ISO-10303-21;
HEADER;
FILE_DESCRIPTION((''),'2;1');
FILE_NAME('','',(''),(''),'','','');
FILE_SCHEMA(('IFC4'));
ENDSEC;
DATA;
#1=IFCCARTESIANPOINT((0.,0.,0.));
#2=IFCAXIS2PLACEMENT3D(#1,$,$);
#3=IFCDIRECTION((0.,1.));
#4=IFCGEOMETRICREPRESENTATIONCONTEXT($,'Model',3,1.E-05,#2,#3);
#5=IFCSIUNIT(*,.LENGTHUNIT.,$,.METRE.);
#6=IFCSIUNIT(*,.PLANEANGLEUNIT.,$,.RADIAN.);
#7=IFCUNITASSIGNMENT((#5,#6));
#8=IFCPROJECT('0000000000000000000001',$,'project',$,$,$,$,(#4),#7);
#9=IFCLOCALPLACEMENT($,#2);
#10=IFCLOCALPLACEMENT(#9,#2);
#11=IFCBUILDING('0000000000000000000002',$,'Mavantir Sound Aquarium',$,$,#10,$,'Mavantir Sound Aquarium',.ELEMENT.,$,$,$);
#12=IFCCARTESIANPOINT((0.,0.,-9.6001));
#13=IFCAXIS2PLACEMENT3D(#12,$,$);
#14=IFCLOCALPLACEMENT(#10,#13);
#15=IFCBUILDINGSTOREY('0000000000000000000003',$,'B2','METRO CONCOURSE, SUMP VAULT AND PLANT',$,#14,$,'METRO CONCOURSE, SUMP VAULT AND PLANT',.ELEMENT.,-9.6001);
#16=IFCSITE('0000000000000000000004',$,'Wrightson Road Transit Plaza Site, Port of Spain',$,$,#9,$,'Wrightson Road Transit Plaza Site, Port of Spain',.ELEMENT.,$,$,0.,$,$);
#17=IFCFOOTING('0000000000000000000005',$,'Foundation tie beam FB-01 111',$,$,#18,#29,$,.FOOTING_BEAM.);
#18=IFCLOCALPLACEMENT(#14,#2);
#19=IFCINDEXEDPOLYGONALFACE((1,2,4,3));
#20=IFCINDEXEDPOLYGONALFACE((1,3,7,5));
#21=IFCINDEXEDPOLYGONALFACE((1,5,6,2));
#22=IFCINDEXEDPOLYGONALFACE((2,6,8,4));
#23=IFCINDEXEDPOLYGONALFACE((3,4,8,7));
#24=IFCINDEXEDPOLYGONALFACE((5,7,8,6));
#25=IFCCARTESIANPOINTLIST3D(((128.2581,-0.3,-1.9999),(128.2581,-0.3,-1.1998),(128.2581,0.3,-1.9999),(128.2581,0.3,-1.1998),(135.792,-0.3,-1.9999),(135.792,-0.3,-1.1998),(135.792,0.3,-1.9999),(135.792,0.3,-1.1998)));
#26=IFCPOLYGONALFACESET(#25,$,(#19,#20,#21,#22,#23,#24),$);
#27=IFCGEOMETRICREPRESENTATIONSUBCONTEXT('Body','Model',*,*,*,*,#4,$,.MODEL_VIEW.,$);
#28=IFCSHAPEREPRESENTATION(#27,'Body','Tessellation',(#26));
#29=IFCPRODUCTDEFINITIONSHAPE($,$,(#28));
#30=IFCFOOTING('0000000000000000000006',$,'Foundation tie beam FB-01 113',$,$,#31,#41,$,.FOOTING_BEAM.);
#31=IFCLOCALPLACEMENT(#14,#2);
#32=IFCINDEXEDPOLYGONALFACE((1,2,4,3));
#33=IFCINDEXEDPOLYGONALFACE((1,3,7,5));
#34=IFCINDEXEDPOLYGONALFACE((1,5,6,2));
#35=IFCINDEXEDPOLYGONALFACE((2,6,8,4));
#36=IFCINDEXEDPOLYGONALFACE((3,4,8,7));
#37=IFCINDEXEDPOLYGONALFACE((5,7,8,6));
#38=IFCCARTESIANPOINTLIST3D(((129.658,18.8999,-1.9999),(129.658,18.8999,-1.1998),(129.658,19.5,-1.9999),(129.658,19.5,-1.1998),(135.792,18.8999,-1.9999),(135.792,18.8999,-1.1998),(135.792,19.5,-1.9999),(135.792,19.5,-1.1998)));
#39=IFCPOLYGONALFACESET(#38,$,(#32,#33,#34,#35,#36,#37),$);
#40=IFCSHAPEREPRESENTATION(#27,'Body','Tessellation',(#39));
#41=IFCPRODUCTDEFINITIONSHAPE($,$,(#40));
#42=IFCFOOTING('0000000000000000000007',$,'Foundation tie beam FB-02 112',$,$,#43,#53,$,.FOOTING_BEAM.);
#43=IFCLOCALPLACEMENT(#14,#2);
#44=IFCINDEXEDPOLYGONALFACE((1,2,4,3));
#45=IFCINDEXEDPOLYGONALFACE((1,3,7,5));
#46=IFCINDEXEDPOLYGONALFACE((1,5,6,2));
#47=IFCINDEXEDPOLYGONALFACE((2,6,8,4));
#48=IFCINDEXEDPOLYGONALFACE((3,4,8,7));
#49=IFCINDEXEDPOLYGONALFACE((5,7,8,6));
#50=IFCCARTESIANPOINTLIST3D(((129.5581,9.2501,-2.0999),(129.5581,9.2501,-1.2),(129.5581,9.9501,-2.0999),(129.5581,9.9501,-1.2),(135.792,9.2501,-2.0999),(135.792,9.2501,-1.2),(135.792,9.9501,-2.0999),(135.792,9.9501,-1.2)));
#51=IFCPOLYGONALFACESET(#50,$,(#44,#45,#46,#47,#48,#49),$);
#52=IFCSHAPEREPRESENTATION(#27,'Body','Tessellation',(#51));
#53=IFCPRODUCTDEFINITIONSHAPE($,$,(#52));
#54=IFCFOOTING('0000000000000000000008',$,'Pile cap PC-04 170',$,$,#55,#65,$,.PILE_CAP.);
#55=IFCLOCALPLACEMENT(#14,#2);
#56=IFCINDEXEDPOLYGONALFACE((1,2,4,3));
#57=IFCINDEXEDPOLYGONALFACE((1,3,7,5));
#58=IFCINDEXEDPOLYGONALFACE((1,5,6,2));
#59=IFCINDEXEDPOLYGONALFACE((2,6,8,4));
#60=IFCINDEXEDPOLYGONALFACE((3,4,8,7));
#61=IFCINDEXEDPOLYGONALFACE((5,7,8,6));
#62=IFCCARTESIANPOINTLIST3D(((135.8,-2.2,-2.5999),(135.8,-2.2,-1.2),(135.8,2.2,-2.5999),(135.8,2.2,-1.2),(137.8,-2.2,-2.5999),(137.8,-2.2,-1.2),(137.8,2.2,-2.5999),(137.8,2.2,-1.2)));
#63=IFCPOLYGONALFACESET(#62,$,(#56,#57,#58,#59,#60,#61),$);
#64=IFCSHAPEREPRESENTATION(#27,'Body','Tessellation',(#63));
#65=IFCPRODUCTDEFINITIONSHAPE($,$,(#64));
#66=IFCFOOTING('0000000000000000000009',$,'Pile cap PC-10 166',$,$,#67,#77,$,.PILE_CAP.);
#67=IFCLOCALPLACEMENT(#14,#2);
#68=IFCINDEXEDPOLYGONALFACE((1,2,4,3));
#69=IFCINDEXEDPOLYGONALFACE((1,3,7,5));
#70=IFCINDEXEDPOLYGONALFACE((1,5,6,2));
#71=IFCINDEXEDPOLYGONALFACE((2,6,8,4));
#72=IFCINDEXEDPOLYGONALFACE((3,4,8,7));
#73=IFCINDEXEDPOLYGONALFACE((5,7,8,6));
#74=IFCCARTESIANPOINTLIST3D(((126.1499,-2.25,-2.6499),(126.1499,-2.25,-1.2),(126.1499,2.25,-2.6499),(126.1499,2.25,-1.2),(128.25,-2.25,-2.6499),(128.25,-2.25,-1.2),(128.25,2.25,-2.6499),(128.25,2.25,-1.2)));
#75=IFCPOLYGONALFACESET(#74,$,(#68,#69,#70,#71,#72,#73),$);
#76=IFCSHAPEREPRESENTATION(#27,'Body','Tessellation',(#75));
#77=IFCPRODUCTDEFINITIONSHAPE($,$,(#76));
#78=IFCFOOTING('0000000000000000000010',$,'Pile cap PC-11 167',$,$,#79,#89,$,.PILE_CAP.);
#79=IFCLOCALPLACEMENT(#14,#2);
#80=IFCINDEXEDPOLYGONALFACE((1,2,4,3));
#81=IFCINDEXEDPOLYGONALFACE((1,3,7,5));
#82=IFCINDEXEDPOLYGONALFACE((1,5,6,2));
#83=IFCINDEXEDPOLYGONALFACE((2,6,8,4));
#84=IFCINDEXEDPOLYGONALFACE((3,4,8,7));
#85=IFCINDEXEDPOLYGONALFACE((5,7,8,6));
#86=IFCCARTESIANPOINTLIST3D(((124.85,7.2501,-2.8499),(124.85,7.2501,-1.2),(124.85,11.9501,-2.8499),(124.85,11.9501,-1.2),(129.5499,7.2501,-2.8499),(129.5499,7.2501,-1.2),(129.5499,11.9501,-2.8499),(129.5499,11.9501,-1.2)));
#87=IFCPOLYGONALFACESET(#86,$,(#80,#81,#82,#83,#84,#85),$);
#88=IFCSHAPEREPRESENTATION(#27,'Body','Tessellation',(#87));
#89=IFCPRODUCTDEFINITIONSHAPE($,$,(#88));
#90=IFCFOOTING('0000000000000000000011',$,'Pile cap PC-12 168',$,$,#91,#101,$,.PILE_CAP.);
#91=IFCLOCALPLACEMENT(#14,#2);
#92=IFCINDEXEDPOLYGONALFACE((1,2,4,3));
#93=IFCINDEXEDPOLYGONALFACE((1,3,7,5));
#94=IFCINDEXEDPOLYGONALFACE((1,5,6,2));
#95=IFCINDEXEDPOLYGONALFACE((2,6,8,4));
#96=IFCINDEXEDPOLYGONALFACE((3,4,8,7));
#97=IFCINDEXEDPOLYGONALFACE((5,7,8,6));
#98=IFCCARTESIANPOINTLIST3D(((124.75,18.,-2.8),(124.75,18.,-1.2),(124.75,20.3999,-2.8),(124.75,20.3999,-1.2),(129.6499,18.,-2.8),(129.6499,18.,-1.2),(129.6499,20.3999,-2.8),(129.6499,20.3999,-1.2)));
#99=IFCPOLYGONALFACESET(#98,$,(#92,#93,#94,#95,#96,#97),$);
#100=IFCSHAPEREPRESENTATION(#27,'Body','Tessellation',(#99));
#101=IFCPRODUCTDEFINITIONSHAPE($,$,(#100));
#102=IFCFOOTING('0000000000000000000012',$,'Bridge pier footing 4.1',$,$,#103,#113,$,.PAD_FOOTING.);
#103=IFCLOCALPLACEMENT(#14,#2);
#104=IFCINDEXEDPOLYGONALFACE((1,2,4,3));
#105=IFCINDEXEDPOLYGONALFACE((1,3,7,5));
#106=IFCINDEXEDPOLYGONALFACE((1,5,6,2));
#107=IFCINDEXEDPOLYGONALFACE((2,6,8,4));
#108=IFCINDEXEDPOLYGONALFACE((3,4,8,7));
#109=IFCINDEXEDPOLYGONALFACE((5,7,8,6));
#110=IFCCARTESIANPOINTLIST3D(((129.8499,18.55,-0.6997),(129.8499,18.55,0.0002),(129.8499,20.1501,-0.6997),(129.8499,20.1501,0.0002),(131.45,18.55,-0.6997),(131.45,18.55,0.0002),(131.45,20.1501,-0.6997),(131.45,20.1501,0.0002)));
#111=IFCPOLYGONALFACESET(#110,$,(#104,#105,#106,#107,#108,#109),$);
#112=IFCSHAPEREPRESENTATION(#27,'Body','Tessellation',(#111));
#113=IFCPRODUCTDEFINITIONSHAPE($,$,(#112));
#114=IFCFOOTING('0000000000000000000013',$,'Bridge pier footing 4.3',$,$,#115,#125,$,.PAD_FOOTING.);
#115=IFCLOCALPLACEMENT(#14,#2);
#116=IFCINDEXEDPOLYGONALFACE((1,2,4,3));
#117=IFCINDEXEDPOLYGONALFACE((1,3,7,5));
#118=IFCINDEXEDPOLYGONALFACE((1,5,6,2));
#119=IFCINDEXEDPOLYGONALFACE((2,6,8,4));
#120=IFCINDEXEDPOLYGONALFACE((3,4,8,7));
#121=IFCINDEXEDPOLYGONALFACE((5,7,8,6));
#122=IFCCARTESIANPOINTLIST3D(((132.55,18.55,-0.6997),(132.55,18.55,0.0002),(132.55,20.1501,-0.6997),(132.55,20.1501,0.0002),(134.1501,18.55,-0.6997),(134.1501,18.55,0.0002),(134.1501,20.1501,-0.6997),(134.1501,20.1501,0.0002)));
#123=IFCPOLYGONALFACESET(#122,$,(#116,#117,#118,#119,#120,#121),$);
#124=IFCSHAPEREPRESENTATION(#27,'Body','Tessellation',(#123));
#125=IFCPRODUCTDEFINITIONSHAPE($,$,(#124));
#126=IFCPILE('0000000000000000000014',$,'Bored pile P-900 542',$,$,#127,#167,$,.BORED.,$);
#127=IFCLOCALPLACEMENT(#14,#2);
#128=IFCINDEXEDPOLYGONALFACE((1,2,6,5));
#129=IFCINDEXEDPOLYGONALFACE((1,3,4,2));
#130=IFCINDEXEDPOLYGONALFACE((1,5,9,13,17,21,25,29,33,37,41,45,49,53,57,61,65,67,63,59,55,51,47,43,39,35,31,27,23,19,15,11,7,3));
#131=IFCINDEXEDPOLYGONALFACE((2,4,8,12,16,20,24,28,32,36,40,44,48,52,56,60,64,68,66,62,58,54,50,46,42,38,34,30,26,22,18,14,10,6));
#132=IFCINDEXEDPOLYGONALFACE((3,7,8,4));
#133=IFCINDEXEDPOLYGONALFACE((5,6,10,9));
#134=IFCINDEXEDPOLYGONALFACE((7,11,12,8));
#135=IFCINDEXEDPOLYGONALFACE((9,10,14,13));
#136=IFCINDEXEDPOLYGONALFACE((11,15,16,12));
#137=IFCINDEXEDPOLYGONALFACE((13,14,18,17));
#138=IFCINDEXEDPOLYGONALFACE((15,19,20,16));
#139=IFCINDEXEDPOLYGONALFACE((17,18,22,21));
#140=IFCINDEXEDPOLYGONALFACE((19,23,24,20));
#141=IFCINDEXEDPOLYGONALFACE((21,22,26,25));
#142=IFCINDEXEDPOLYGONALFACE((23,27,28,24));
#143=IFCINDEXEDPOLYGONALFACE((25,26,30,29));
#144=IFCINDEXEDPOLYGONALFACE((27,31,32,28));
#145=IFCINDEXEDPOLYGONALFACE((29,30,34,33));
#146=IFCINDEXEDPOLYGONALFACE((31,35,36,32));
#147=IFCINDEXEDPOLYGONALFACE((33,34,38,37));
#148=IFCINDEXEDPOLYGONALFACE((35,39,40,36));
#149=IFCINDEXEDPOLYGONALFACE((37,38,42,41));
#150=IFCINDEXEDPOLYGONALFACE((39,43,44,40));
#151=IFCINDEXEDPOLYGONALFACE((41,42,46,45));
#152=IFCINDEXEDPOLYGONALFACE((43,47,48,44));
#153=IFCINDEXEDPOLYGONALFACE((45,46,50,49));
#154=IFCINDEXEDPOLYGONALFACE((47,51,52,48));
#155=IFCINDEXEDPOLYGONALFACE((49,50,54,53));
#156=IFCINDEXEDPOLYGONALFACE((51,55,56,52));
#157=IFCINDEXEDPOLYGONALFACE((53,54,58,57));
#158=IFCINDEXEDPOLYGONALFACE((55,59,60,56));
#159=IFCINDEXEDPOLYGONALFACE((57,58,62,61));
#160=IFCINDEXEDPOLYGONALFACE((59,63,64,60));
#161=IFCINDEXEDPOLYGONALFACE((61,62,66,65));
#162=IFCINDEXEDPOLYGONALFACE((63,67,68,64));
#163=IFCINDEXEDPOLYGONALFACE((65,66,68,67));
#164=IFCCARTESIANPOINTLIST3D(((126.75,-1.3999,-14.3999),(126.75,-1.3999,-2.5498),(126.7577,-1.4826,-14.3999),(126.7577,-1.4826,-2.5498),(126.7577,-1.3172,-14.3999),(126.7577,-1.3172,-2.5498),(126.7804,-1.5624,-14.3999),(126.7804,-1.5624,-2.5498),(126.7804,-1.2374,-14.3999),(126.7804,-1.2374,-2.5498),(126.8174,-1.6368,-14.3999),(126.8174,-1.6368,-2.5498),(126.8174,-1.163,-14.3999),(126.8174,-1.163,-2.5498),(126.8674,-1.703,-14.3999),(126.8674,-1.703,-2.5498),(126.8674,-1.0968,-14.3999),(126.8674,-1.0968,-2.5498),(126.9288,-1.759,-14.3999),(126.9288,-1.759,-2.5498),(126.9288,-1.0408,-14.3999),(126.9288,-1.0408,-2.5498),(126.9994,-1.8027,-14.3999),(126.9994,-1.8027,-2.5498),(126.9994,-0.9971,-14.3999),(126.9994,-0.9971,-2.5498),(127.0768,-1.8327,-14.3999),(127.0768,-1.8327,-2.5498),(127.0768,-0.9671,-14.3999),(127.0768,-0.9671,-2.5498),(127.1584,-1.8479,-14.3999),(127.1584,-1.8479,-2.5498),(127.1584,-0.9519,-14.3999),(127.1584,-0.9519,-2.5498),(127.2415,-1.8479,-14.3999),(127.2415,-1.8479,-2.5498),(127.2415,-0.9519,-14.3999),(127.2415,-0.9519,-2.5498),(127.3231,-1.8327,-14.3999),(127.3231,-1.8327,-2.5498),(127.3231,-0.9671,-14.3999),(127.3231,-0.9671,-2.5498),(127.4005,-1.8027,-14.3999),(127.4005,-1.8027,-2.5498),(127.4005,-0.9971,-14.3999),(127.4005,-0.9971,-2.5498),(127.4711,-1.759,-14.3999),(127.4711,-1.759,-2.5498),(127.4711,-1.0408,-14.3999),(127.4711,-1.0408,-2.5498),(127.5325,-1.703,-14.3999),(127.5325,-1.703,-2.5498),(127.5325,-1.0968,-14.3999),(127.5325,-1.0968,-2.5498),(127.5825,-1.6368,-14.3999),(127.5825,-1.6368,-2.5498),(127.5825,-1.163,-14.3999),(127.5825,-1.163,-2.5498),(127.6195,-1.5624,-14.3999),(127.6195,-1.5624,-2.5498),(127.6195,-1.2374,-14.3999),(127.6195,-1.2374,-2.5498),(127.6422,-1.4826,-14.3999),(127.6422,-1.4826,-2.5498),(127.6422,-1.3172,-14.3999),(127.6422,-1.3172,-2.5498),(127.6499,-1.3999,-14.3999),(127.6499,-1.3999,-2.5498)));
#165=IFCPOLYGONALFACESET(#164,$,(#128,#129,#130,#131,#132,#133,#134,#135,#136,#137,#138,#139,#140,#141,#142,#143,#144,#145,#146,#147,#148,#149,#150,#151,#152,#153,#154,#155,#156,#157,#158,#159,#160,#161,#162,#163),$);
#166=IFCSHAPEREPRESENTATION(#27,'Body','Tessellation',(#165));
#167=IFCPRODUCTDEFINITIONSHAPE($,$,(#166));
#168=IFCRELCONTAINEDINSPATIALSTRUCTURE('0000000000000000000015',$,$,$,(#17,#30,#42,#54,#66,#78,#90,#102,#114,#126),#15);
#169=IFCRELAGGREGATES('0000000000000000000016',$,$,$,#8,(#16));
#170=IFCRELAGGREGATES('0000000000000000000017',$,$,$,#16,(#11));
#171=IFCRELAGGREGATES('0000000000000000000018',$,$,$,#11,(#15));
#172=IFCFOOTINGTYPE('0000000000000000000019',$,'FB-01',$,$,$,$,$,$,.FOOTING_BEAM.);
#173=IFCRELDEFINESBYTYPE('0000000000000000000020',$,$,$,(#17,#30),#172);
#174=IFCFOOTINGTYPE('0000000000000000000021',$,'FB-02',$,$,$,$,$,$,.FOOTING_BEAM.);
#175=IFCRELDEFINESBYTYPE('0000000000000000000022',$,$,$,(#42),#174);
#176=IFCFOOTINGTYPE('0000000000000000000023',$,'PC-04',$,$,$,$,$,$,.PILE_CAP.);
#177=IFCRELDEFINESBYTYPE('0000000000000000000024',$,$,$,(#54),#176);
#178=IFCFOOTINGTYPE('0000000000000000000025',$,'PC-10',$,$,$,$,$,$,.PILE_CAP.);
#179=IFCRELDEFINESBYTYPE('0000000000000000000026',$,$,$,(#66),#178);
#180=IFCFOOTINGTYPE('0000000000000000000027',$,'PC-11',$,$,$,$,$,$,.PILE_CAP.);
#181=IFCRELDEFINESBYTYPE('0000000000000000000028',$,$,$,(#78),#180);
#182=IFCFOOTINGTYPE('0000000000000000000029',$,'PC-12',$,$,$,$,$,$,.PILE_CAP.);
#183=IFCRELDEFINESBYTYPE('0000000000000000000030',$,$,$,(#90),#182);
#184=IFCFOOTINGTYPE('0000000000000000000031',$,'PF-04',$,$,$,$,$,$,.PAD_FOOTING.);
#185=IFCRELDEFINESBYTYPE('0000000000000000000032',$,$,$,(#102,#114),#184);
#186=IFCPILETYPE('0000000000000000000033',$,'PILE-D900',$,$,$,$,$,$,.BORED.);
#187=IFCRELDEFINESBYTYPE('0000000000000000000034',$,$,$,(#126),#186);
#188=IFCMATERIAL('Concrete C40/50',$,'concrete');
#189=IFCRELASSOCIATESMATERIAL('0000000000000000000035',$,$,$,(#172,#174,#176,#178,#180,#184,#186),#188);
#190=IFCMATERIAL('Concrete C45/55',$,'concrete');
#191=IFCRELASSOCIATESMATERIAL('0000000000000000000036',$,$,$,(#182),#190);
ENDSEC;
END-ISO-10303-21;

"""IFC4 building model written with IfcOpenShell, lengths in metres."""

from ifc_helpers import new_model, si_unit, direction, frame, origin, origin_2d, place, context, subcontext, project, spatial, rectangle, circle, extrude, material, material_profile, profile_set, type_object, element, save


model = new_model("IFC4")

# Units and contexts
model_context = context("Model", 3, precision=1e-05, world=origin(), true_north=direction((0.0, 1.0)))
body_context = subcontext(model_context, "Body", "Model", "MODEL_VIEW")
ifc_project = project(units=[si_unit("LENGTHUNIT", "METRE"), si_unit("PLANEANGLEUNIT", "RADIAN")], contexts=[model_context])

# Site, building, storey
site_placement = place(None, origin())
site = spatial("IfcSite", under=ifc_project, at=site_placement, Name="Wrightson Road Transit Plaza Site, Port of Spain", LongName="Wrightson Road Transit Plaza Site, Port of Spain", CompositionType="ELEMENT", RefElevation=0.0)
building_placement = place(site_placement, origin())
building = spatial("IfcBuilding", under=site, at=building_placement, Name="Mavantir Sound Aquarium", LongName="Mavantir Sound Aquarium", CompositionType="ELEMENT")
storey_placement = place(building_placement, frame((0.0, 0.0, -9.6001)))
storey = spatial("IfcBuildingStorey", under=building, at=storey_placement, Name="B2", Description="METRO CONCOURSE, SUMP VAULT AND PLANT", LongName="METRO CONCOURSE, SUMP VAULT AND PLANT", CompositionType="ELEMENT", Elevation=-9.6001)

# Footings
ifc_material_1 = material(Name="Concrete C40/50", Category="concrete")
ifc_material_profile_1 = material_profile(ifc_material_1, rectangle(XDim=0.6001, YDim=0.8, at=origin_2d()), Name="RC 600X800")
ifc_profile_set_1 = profile_set([ifc_material_profile_1], Name="Concrete C40/50")
footing_type_1 = type_object("IfcFootingType", Name="FB-01", PredefinedType="FOOTING_BEAM", material=ifc_profile_set_1)
footing_1_placement = place(storey_placement, frame((128.2581, 0.0, -1.5999), z_axis=(1.0, 0.0, 0.0), x_axis=(0.0, 1.0, 0.0)))
element("IfcFooting", 1, at=footing_1_placement, inside=storey, type_object=footing_type_1, Name="Foundation tie beam FB-01 111", PredefinedType="FOOTING_BEAM", context=body_context, shape_type="SweptSolid", body=[
    extrude(rectangle(XDim=0.6001, YDim=0.8, at=origin_2d()), origin(), (0.0, 0.0, 1.0), 7.5339),
])
footing_2_placement = place(storey_placement, frame((129.658, 19.2, -1.5999), z_axis=(1.0, 0.0, 0.0), x_axis=(0.0, 1.0, 0.0)))
element("IfcFooting", 2, at=footing_2_placement, inside=storey, type_object=footing_type_1, Name="Foundation tie beam FB-01 113", PredefinedType="FOOTING_BEAM", context=body_context, shape_type="SweptSolid", body=[
    extrude(rectangle(XDim=0.6001, YDim=0.8, at=origin_2d()), origin(), (0.0, 0.0, 1.0), 6.134),
])
ifc_material_profile_2 = material_profile(ifc_material_1, rectangle(XDim=0.7, YDim=0.8999, at=origin_2d()), Name="RC 700X900")
ifc_profile_set_2 = profile_set([ifc_material_profile_2], Name="Concrete C40/50")
footing_type_2 = type_object("IfcFootingType", Name="FB-02", PredefinedType="FOOTING_BEAM", material=ifc_profile_set_2)
footing_3_placement = place(storey_placement, frame((129.5581, 9.6001, -1.6499), z_axis=(1.0, 0.0, 0.0), x_axis=(0.0, 1.0, 0.0)))
element("IfcFooting", 3, at=footing_3_placement, inside=storey, type_object=footing_type_2, Name="Foundation tie beam FB-02 112", PredefinedType="FOOTING_BEAM", context=body_context, shape_type="SweptSolid", body=[
    extrude(rectangle(XDim=0.7, YDim=0.8999, at=origin_2d()), origin(), (0.0, 0.0, 1.0), 6.2339),
])
footing_type_3 = type_object("IfcFootingType", Name="PC-04", PredefinedType="PILE_CAP", material=ifc_material_1)
footing_4_placement = place(storey_placement, frame((136.8, 0.0, -2.5999), z_axis=(0.0, 0.0, 1.0), x_axis=(1.0, 0.0, 0.0)))
element("IfcFooting", 4, at=footing_4_placement, inside=storey, type_object=footing_type_3, Name="Pile cap PC-04 170", PredefinedType="PILE_CAP", context=body_context, shape_type="SweptSolid", body=[
    extrude(rectangle(XDim=2.0, YDim=4.3999, at=origin_2d()), origin(), (0.0, 0.0, 1.0), 1.3999),
])
footing_type_4 = type_object("IfcFootingType", Name="PC-10", PredefinedType="PILE_CAP", material=ifc_material_1)
footing_5_placement = place(storey_placement, frame((127.2, 0.0, -2.6499), z_axis=(0.0, 0.0, 1.0), x_axis=(1.0, 0.0, 0.0)))
element("IfcFooting", 5, at=footing_5_placement, inside=storey, type_object=footing_type_4, Name="Pile cap PC-10 166", PredefinedType="PILE_CAP", context=body_context, shape_type="SweptSolid", body=[
    extrude(rectangle(XDim=2.1001, YDim=4.5, at=origin_2d()), origin(), (0.0, 0.0, 1.0), 1.45),
])
footing_type_5 = type_object("IfcFootingType", Name="PC-11", PredefinedType="PILE_CAP", material=ifc_material_1)
footing_6_placement = place(storey_placement, frame((127.2, 9.6001, -2.8499), z_axis=(0.0, 0.0, 1.0), x_axis=(1.0, 0.0, 0.0)))
element("IfcFooting", 6, at=footing_6_placement, inside=storey, type_object=footing_type_5, Name="Pile cap PC-11 167", PredefinedType="PILE_CAP", context=body_context, shape_type="SweptSolid", body=[
    extrude(rectangle(XDim=4.7, YDim=4.7, at=origin_2d()), origin(), (0.0, 0.0, 1.0), 1.6499),
])
ifc_material_2 = material(Name="Concrete C45/55", Category="concrete")
footing_type_6 = type_object("IfcFootingType", Name="PC-12", PredefinedType="PILE_CAP", material=ifc_material_2)
footing_7_placement = place(storey_placement, frame((127.2, 19.2, -2.8), z_axis=(0.0, 0.0, 1.0), x_axis=(1.0, 0.0, 0.0)))
element("IfcFooting", 7, at=footing_7_placement, inside=storey, type_object=footing_type_6, Name="Pile cap PC-12 168", PredefinedType="PILE_CAP", context=body_context, shape_type="SweptSolid", body=[
    extrude(rectangle(XDim=4.8999, YDim=2.3999, at=origin_2d()), origin(), (0.0, 0.0, 1.0), 1.6001),
])
footing_type_7 = type_object("IfcFootingType", Name="PF-04", PredefinedType="PAD_FOOTING", material=ifc_material_1)
for number, where, z_axis, x_axis, name in (
    (8, (130.6499, 19.3501, -0.6997), (0.0, 0.0, 1.0), (1.0, 0.0, 0.0), "Bridge pier footing 4.1"),
    (9, (133.3501, 19.3501, -0.6997), (0.0, 0.0, 1.0), (1.0, 0.0, 0.0), "Bridge pier footing 4.3"),
):
    element("IfcFooting", number, at=place(storey_placement, frame(where, z_axis=z_axis, x_axis=x_axis)), inside=storey, type_object=footing_type_7, Name=name, PredefinedType="PAD_FOOTING", context=body_context, shape_type="SweptSolid", body=[
        extrude(rectangle(XDim=1.6001, YDim=1.6001, at=origin_2d()), origin(), (0.0, 0.0, 1.0), 0.7),
    ])

# Pile
ifc_material_profile_3 = material_profile(ifc_material_1, circle(Radius=0.45, at=origin_2d()), Name="PILE D900")
ifc_profile_set_3 = profile_set([ifc_material_profile_3], Name="Concrete C40/50")
pile_type = type_object("IfcPileType", Name="PILE-D900", PredefinedType="BORED", material=ifc_profile_set_3)
for number, where, z_axis, x_axis, name in (
    (10, (127.2, -1.3999, -2.5498), (0.0, 0.0, -1.0), (1.0, 0.0, 0.0), "Bored pile P-900 542"),
):
    element("IfcPile", number, at=place(storey_placement, frame(where, z_axis=z_axis, x_axis=x_axis)), inside=storey, type_object=pile_type, Name=name, PredefinedType="BORED", context=body_context, shape_type="SweptSolid", body=[
        extrude(circle(Radius=0.45, at=origin_2d()), origin(), (0.0, 0.0, 1.0), 11.8501),
    ])

save(model, "model.ifc")
